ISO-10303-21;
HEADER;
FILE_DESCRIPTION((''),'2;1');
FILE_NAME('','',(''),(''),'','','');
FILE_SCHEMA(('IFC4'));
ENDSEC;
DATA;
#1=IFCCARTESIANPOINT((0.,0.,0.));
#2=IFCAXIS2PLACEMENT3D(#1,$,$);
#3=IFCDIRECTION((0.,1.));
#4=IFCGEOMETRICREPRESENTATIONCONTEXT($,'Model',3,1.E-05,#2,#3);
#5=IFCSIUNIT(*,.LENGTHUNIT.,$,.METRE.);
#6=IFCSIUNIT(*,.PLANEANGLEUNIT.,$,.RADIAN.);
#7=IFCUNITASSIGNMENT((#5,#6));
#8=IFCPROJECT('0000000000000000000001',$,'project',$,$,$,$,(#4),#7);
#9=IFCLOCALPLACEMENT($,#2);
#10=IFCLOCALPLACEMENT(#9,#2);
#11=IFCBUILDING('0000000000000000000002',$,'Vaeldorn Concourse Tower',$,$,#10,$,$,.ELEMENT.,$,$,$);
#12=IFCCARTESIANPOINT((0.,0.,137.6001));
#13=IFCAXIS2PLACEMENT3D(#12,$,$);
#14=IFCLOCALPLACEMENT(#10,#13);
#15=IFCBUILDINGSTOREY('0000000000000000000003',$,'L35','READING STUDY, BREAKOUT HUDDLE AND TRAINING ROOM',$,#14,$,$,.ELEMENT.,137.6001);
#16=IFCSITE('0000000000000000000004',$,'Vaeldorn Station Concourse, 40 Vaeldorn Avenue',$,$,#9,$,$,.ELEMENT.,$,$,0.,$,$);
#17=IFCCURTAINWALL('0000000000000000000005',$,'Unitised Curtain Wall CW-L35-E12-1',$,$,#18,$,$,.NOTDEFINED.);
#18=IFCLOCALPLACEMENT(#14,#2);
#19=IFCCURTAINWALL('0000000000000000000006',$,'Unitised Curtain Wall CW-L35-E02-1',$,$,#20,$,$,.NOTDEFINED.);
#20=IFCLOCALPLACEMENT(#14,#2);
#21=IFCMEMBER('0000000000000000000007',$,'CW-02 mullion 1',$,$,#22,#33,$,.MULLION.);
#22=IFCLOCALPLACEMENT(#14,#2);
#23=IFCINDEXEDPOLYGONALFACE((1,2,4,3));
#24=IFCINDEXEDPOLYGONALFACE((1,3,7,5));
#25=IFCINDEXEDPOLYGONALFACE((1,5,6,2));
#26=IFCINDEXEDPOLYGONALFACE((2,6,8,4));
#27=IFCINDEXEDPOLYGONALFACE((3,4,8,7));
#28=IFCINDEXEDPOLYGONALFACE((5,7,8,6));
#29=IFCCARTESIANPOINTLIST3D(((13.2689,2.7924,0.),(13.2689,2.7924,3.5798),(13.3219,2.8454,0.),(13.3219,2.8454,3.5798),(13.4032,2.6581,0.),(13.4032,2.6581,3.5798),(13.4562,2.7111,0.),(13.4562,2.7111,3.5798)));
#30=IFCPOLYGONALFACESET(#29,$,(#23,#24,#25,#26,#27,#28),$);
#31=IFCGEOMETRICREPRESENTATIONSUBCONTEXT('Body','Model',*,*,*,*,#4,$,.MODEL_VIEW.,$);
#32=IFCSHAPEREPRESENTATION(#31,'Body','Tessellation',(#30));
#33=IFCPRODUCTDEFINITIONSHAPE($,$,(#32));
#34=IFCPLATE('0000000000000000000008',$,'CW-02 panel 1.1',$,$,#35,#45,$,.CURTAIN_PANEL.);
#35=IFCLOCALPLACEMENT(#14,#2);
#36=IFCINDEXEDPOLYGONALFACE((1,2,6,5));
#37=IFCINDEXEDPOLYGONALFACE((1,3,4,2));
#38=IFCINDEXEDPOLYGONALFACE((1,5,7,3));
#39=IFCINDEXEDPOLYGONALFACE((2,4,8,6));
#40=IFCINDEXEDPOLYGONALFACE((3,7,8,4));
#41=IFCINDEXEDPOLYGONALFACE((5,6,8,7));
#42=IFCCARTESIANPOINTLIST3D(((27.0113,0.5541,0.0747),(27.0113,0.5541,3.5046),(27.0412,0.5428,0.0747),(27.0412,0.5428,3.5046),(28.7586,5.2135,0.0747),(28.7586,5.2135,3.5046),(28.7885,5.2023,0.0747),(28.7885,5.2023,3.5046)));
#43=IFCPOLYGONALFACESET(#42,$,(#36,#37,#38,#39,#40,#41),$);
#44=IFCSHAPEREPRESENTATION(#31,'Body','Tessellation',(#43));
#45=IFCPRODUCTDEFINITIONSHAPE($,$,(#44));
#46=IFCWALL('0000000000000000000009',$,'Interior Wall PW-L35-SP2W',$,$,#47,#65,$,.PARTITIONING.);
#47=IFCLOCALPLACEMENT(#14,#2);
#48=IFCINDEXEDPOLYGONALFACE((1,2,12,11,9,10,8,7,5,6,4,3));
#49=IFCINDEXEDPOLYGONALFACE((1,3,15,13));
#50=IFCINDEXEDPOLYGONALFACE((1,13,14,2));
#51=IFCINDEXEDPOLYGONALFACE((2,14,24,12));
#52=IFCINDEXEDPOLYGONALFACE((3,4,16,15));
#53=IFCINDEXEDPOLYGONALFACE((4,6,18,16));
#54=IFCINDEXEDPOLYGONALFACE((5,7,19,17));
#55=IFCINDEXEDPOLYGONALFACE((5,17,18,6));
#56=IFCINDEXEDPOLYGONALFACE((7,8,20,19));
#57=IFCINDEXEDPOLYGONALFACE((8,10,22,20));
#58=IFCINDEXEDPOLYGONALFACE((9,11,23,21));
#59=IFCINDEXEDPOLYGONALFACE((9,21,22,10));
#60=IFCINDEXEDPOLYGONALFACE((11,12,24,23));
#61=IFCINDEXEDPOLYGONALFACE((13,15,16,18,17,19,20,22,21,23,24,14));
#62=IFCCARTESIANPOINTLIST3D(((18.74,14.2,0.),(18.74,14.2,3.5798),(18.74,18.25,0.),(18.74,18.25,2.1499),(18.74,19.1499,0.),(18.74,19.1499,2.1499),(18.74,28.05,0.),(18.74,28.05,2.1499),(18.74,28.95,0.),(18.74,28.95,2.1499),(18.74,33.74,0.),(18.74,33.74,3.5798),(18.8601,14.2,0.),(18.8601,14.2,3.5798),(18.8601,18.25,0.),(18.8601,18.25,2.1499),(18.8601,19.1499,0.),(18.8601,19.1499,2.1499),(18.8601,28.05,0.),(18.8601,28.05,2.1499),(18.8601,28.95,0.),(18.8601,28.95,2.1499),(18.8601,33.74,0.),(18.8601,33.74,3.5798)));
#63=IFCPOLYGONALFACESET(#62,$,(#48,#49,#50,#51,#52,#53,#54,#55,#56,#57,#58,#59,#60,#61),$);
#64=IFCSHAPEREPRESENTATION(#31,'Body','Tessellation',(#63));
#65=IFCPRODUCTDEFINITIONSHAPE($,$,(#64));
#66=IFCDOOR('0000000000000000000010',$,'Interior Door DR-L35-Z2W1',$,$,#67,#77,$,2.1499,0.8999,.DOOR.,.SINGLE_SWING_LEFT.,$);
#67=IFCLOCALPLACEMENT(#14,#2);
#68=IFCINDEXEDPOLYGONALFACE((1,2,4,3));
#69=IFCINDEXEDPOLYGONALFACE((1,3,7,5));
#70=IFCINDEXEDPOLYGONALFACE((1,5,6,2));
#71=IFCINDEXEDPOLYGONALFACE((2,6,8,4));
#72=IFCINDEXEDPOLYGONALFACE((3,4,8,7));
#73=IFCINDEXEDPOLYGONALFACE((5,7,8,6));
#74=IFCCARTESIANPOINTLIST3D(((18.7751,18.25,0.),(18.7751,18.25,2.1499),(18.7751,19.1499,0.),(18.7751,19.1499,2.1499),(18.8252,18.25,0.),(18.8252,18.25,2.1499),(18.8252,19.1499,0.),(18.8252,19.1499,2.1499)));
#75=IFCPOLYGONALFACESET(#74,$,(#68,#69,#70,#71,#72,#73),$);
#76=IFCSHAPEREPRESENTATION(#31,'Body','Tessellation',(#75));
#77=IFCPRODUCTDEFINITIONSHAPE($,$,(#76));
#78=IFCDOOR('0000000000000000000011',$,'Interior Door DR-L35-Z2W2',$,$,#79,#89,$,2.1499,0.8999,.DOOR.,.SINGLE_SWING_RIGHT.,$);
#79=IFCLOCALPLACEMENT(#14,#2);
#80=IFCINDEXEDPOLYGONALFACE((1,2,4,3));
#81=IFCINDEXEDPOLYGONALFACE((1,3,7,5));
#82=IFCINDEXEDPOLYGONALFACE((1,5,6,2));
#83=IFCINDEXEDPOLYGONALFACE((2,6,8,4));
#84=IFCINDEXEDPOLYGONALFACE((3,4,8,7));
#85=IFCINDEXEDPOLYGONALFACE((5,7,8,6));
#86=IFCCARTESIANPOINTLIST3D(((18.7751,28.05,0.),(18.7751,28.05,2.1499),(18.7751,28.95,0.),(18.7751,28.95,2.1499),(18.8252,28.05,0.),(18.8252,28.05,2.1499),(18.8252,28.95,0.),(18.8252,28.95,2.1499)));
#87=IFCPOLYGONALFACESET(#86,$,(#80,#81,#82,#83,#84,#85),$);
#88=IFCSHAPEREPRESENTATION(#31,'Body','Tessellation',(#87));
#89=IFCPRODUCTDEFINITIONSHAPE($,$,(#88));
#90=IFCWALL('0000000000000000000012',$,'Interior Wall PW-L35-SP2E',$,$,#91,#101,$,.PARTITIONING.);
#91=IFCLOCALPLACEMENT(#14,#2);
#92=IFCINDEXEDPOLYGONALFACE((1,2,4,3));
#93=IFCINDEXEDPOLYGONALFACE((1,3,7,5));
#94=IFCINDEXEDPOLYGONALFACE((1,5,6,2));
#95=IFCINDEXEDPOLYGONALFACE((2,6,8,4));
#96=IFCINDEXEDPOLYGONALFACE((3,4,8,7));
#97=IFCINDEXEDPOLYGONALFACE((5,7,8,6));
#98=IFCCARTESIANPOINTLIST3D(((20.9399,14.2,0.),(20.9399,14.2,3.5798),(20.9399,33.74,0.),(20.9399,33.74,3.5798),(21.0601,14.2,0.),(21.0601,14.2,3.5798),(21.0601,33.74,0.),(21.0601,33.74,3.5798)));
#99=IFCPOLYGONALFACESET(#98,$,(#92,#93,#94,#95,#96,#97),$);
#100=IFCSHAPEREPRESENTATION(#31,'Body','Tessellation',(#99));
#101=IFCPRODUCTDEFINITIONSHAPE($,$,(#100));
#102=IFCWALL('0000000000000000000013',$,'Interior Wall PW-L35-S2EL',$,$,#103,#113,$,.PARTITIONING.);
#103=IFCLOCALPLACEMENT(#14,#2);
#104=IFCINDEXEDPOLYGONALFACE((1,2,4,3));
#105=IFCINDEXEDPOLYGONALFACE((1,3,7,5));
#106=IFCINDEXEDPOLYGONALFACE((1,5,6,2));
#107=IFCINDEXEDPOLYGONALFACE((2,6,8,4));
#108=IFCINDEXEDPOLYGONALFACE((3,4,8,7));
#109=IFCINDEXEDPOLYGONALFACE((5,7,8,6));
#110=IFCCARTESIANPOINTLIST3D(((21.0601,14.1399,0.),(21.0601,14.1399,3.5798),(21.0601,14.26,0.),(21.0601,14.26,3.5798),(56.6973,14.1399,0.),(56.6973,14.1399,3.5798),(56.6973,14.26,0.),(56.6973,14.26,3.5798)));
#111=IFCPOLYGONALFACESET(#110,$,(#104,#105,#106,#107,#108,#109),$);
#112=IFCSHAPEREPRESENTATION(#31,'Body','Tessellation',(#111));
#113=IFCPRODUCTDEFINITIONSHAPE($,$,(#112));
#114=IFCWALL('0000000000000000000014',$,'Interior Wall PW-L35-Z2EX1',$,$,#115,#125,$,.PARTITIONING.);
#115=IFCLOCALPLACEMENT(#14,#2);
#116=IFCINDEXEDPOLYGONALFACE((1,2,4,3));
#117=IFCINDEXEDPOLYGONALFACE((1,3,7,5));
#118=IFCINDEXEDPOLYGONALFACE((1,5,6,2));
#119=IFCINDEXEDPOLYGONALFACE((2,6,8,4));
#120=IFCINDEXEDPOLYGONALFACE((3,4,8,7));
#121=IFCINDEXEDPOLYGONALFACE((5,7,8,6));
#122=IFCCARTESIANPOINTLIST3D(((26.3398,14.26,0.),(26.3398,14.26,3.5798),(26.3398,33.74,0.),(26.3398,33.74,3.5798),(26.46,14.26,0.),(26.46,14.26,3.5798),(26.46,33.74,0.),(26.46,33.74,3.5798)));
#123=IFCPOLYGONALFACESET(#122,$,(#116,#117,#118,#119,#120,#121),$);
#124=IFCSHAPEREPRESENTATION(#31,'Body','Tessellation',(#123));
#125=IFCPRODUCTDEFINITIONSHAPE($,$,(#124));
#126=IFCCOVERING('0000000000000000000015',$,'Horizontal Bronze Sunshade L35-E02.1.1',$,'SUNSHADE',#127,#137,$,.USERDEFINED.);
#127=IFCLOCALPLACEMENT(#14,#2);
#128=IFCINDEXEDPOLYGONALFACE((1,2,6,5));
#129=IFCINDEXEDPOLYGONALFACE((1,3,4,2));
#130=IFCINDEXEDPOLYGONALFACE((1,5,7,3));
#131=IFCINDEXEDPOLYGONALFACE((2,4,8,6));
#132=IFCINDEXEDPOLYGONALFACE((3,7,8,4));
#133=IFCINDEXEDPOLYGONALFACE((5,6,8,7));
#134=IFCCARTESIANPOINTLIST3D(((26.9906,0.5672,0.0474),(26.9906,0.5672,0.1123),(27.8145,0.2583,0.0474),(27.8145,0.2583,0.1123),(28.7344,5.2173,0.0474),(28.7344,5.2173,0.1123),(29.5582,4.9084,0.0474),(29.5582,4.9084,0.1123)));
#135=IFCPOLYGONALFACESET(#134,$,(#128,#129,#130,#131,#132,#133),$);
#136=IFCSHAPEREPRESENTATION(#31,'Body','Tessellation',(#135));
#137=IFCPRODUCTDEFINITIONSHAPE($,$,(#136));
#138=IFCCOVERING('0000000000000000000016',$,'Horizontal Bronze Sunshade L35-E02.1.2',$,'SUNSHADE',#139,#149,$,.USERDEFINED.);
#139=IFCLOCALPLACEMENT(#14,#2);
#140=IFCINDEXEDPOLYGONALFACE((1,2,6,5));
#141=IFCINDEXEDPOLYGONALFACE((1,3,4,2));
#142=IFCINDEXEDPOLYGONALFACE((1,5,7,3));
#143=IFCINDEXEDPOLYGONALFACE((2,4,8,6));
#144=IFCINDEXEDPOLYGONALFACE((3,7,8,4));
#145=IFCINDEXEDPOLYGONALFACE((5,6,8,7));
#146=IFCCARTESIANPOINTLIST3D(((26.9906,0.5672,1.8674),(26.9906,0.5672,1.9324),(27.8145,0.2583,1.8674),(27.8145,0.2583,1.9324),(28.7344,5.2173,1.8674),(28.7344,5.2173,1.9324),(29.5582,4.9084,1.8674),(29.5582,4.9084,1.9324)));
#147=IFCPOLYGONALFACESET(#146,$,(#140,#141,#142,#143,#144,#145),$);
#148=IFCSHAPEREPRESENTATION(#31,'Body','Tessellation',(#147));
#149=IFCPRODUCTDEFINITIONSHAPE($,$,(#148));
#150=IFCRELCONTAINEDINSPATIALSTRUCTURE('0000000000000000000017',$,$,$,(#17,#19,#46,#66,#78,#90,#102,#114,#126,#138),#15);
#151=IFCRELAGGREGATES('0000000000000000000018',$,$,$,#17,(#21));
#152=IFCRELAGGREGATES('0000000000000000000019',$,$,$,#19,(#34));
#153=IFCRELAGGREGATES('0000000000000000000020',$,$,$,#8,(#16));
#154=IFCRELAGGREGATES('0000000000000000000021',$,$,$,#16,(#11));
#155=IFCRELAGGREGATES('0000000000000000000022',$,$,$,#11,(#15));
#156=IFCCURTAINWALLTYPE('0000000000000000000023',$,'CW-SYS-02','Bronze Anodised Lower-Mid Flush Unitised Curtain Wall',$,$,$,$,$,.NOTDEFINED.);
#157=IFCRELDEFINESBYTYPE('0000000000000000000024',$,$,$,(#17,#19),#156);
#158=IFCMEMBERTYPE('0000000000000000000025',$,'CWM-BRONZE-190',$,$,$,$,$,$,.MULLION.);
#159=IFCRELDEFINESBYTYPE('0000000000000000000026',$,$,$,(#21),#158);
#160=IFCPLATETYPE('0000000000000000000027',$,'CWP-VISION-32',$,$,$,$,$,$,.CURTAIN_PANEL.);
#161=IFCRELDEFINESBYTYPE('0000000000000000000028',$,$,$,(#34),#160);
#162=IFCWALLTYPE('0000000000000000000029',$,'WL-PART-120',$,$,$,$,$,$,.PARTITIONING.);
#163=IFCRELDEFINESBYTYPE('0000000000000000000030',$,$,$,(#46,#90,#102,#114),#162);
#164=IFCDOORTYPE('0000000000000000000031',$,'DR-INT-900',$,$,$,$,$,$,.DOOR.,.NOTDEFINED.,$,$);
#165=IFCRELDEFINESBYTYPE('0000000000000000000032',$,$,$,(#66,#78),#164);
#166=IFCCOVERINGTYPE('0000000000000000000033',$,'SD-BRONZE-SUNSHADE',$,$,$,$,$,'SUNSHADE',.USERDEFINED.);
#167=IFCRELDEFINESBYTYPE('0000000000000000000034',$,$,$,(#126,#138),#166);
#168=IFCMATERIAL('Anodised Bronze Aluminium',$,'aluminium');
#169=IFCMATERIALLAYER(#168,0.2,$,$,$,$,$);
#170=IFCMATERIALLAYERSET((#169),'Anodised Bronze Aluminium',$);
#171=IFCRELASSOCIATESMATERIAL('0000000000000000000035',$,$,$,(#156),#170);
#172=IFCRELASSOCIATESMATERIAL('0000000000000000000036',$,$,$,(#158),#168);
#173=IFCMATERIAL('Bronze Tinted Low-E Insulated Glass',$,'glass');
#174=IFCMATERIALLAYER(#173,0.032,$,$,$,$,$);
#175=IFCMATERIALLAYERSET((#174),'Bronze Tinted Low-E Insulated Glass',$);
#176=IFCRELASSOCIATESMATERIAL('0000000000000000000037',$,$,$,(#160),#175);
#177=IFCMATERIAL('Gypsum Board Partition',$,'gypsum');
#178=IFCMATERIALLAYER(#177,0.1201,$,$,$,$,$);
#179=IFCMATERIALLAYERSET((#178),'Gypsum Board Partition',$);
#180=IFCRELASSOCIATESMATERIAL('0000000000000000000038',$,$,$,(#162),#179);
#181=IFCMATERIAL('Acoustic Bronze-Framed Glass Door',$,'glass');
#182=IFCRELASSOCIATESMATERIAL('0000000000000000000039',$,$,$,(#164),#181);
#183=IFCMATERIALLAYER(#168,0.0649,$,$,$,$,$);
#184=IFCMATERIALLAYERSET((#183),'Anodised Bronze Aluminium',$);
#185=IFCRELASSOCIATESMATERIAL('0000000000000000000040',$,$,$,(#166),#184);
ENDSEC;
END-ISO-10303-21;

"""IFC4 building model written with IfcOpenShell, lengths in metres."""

from ifc_helpers import new_model, si_unit, direction, frame, frame_2d, origin, origin_2d, place, context, subcontext, project, spatial, rectangle, extrude, source, transform, mapped, material, layer, layer_set, material_profile, profile_set, type_object, element, fill, aggregate, save


model = new_model("IFC4")

# Units and contexts
model_context = context("Model", 3, precision=1e-05, world=origin(), true_north=direction((0.0, 1.0)))
body_context = subcontext(model_context, "Body", "Model", "MODEL_VIEW")
ifc_project = project(units=[si_unit("LENGTHUNIT", "METRE"), si_unit("PLANEANGLEUNIT", "RADIAN")], contexts=[model_context])

# Site, building, storey
site_placement = place(None, origin())
site = spatial("IfcSite", under=ifc_project, at=site_placement, Name="Vaeldorn Station Concourse, 40 Vaeldorn Avenue", CompositionType="ELEMENT", RefElevation=0.0)
building_placement = place(site_placement, origin())
building = spatial("IfcBuilding", under=site, at=building_placement, Name="Vaeldorn Concourse Tower", CompositionType="ELEMENT")
storey_placement = place(building_placement, frame((0.0, 0.0, 137.6001)))
storey = spatial("IfcBuildingStorey", under=building, at=storey_placement, Name="L35", Description="READING STUDY, BREAKOUT HUDDLE AND TRAINING ROOM", CompositionType="ELEMENT", Elevation=137.6001)

# Curtain wall
ifc_material_1 = material(Name="Anodised Bronze Aluminium", Category="aluminium")
ifc_layer_1 = layer(ifc_material_1, 0.2)
ifc_layer_set_1 = layer_set([ifc_layer_1], Name="Anodised Bronze Aluminium")
curtain_wall_type = type_object("IfcCurtainWallType", Name="CW-SYS-02", Description="Bronze Anodised Lower-Mid Flush Unitised Curtain Wall", PredefinedType="NOTDEFINED", material=ifc_layer_set_1)
curtain_wall_1_placement = place(storey_placement, origin())
curtain_wall_1 = element("IfcCurtainWall", 1, at=curtain_wall_1_placement, inside=storey, type_object=curtain_wall_type, Name="Unitised Curtain Wall CW-L35-E12-1", PredefinedType="NOTDEFINED")

# Curtain wall
curtain_wall_2_placement = place(storey_placement, origin())
curtain_wall_2 = element("IfcCurtainWall", 2, at=curtain_wall_2_placement, inside=storey, type_object=curtain_wall_type, Name="Unitised Curtain Wall CW-L35-E02-1", PredefinedType="NOTDEFINED")
ifc_material_profile_1 = material_profile(ifc_material_1, rectangle(XDim=0.075, YDim=0.1899, at=origin_2d()), Name="CWM 75x190")
ifc_profile_set_1 = profile_set([ifc_material_profile_1], Name="Anodised Bronze Aluminium")
member_type_1 = type_object("IfcMemberType", Name="CWM-BRONZE-190", PredefinedType="MULLION", material=ifc_profile_set_1)
shared_shape_1 = source(origin(), body_context, "Body", "SweptSolid", [
    extrude(rectangle(XDim=0.075, YDim=0.1899, at=origin_2d()), origin(), (0.0, 0.0, 1.0), 3.5798),
])

# Member
member_1_placement = place(storey_placement, frame((13.3625, 2.7517, 0.0), z_axis=(0.0, 0.0, 1.0), x_axis=(0.707107, 0.707107, 0.0)))
member_1 = element("IfcMember", 3, at=member_1_placement, type_object=member_type_1, Name="CW-02 mullion 1", PredefinedType="MULLION", context=body_context, shape_type="MappedRepresentation", body=[
    mapped(shared_shape_1, transform((0.0, 0.0, 0.0), scale=1.0)),
])
aggregate(curtain_wall_1, [member_1])

# Plate
ifc_material_2 = material(Name="Bronze Tinted Low-E Insulated Glass", Category="glass")
ifc_layer_2 = layer(ifc_material_2, 0.032)
ifc_layer_set_2 = layer_set([ifc_layer_2], Name="Bronze Tinted Low-E Insulated Glass")
plate_type = type_object("IfcPlateType", Name="CWP-VISION-32", PredefinedType="CURTAIN_PANEL", material=ifc_layer_set_2)
shared_shape_2 = source(origin(), body_context, "Body", "SweptSolid", [
    extrude(rectangle(XDim=4.9763, YDim=0.032, at=origin_2d()), origin(), (0.0, 0.0, 1.0), 3.4299),
])
plate_placement = place(storey_placement, frame((27.8999, 2.8782, 0.0747), z_axis=(0.0, 0.0, 1.0), x_axis=(0.351123, 0.936329, 0.0)))
plate = element("IfcPlate", 4, at=plate_placement, type_object=plate_type, Name="CW-02 panel 1.1", PredefinedType="CURTAIN_PANEL", context=body_context, shape_type="MappedRepresentation", body=[
    mapped(shared_shape_2, transform((0.0, 0.0, 0.0), scale=1.0)),
])
aggregate(curtain_wall_2, [plate])

# Wall, openings, doors
ifc_material_3 = material(Name="Gypsum Board Partition", Category="gypsum")
ifc_layer_3 = layer(ifc_material_3, 0.1201)
ifc_layer_set_3 = layer_set([ifc_layer_3], Name="Gypsum Board Partition")
wall_type = type_object("IfcWallType", Name="WL-PART-120", PredefinedType="PARTITIONING", material=ifc_layer_set_3)
wall_1_placement = place(storey_placement, frame((18.8, 14.2, 0.0), z_axis=(0.0, 0.0, 1.0), x_axis=(0.0, 1.0, 0.0)))
wall_1 = element("IfcWall", 5, at=wall_1_placement, inside=storey, type_object=wall_type, Name="Interior Wall PW-L35-SP2W", PredefinedType="PARTITIONING", context=body_context, shape_type="SweptSolid", body=[
    extrude(rectangle(XDim=19.54, YDim=0.1201, at=frame_2d((9.77, 0.0))), origin(), (0.0, 0.0, 1.0), 3.5798),
])
opening_1_placement = place(wall_1_placement, frame((4.05, 0.0, 0.0)))
opening_1 = element("IfcOpeningElement", 6, at=opening_1_placement, cuts=wall_1, PredefinedType="OPENING", context=body_context, shape_type="SweptSolid", body=[
    extrude(rectangle(XDim=0.8999, YDim=2.1499, at=frame_2d((0.45, 1.075))), frame((0.0, 0.0701, 0.0), z_axis=(0.0, -1.0, 0.0), x_axis=(1.0, 0.0, 0.0)), (0.0, 0.0, 1.0), 0.1401),
])
opening_2_placement = place(wall_1_placement, frame((13.8501, 0.0, 0.0)))
opening_2 = element("IfcOpeningElement", 7, at=opening_2_placement, cuts=wall_1, PredefinedType="OPENING", context=body_context, shape_type="SweptSolid", body=[
    extrude(rectangle(XDim=0.8999, YDim=2.1499, at=frame_2d((0.45, 1.075))), frame((0.0, 0.0701, 0.0), z_axis=(0.0, -1.0, 0.0), x_axis=(1.0, 0.0, 0.0)), (0.0, 0.0, 1.0), 0.1401),
])
ifc_material_4 = material(Name="Acoustic Bronze-Framed Glass Door", Category="glass")
door_type = type_object("IfcDoorType", Name="DR-INT-900", OperationType="NOTDEFINED", PredefinedType="DOOR", material=ifc_material_4)
shared_shape_3 = source(origin(), body_context, "Body", "SweptSolid", [
    extrude(rectangle(XDim=0.8999, YDim=2.1499, at=frame_2d((0.45, 1.075))), frame((0.0, 0.0249, 0.0), z_axis=(0.0, -1.0, 0.0), x_axis=(1.0, 0.0, 0.0)), (0.0, 0.0, 1.0), 0.05),
])
door_1_placement = place(opening_1_placement, origin())
door_1 = element("IfcDoor", 8, at=door_1_placement, inside=storey, type_object=door_type, Name="Interior Door DR-L35-Z2W1", OperationType="SINGLE_SWING_LEFT", OverallHeight=2.1499, OverallWidth=0.8999, PredefinedType="DOOR", context=body_context, shape_type="MappedRepresentation", body=[
    mapped(shared_shape_3, transform((0.0, 0.0, 0.0), scale=1.0)),
])
fill(opening_1, door_1)
door_2_placement = place(opening_2_placement, origin())
door_2 = element("IfcDoor", 9, at=door_2_placement, inside=storey, type_object=door_type, Name="Interior Door DR-L35-Z2W2", OperationType="SINGLE_SWING_RIGHT", OverallHeight=2.1499, OverallWidth=0.8999, PredefinedType="DOOR", context=body_context, shape_type="MappedRepresentation", body=[
    mapped(shared_shape_3, transform((0.0, 0.0, 0.0), scale=1.0)),
])
fill(opening_2, door_2)

# Wall
wall_2_placement = place(storey_placement, frame((21.0, 14.2, 0.0), z_axis=(0.0, 0.0, 1.0), x_axis=(0.0, 1.0, 0.0)))
element("IfcWall", 10, at=wall_2_placement, inside=storey, type_object=wall_type, Name="Interior Wall PW-L35-SP2E", PredefinedType="PARTITIONING", context=body_context, shape_type="SweptSolid", body=[
    extrude(rectangle(XDim=19.54, YDim=0.1201, at=frame_2d((9.77, 0.0))), origin(), (0.0, 0.0, 1.0), 3.5798),
])

# Walls
wall_3_placement = place(storey_placement, frame((21.0601, 14.2, 0.0), z_axis=(0.0, 0.0, 1.0), x_axis=(1.0, 0.0, 0.0)))
element("IfcWall", 11, at=wall_3_placement, inside=storey, type_object=wall_type, Name="Interior Wall PW-L35-S2EL", PredefinedType="PARTITIONING", context=body_context, shape_type="SweptSolid", body=[
    extrude(rectangle(XDim=35.6372, YDim=0.1201, at=frame_2d((17.8186, 0.0))), origin(), (0.0, 0.0, 1.0), 3.5798),
])
wall_4_placement = place(storey_placement, frame((26.3999, 14.26, 0.0), z_axis=(0.0, 0.0, 1.0), x_axis=(0.0, 1.0, 0.0)))
element("IfcWall", 12, at=wall_4_placement, inside=storey, type_object=wall_type, Name="Interior Wall PW-L35-Z2EX1", PredefinedType="PARTITIONING", context=body_context, shape_type="SweptSolid", body=[
    extrude(rectangle(XDim=19.48, YDim=0.1201, at=frame_2d((9.74, 0.0))), origin(), (0.0, 0.0, 1.0), 3.5798),
])

# Coverings
ifc_layer_4 = layer(ifc_material_1, 0.0649)
ifc_layer_set_4 = layer_set([ifc_layer_4], Name="Anodised Bronze Aluminium")
covering_type = type_object("IfcCoveringType", Name="SD-BRONZE-SUNSHADE", ElementType="SUNSHADE", PredefinedType="USERDEFINED", material=ifc_layer_set_4)
shared_shape_4 = source(origin(), body_context, "Body", "SweptSolid", [
    extrude(rectangle(XDim=4.9663, YDim=0.8799, at=origin_2d()), origin(), (0.0, 0.0, 1.0), 0.0649),
])
for number, where, z_axis, x_axis, name in (
    (13, (28.2744, 2.7378, 0.0474), (0.0, 0.0, 1.0), (0.351123, 0.936329, 0.0), "Horizontal Bronze Sunshade L35-E02.1.1"),
    (14, (28.2744, 2.7378, 1.8674), (0.0, 0.0, 1.0), (0.351123, 0.936329, 0.0), "Horizontal Bronze Sunshade L35-E02.1.2"),
):
    element("IfcCovering", number, at=place(storey_placement, frame(where, z_axis=z_axis, x_axis=x_axis)), inside=storey, type_object=covering_type, Name=name, ObjectType="SUNSHADE", PredefinedType="USERDEFINED", context=body_context, shape_type="MappedRepresentation", body=[
        mapped(shared_shape_4, transform((0.0, 0.0, 0.0), scale=1.0)),
    ])

save(model, "model.ifc")
